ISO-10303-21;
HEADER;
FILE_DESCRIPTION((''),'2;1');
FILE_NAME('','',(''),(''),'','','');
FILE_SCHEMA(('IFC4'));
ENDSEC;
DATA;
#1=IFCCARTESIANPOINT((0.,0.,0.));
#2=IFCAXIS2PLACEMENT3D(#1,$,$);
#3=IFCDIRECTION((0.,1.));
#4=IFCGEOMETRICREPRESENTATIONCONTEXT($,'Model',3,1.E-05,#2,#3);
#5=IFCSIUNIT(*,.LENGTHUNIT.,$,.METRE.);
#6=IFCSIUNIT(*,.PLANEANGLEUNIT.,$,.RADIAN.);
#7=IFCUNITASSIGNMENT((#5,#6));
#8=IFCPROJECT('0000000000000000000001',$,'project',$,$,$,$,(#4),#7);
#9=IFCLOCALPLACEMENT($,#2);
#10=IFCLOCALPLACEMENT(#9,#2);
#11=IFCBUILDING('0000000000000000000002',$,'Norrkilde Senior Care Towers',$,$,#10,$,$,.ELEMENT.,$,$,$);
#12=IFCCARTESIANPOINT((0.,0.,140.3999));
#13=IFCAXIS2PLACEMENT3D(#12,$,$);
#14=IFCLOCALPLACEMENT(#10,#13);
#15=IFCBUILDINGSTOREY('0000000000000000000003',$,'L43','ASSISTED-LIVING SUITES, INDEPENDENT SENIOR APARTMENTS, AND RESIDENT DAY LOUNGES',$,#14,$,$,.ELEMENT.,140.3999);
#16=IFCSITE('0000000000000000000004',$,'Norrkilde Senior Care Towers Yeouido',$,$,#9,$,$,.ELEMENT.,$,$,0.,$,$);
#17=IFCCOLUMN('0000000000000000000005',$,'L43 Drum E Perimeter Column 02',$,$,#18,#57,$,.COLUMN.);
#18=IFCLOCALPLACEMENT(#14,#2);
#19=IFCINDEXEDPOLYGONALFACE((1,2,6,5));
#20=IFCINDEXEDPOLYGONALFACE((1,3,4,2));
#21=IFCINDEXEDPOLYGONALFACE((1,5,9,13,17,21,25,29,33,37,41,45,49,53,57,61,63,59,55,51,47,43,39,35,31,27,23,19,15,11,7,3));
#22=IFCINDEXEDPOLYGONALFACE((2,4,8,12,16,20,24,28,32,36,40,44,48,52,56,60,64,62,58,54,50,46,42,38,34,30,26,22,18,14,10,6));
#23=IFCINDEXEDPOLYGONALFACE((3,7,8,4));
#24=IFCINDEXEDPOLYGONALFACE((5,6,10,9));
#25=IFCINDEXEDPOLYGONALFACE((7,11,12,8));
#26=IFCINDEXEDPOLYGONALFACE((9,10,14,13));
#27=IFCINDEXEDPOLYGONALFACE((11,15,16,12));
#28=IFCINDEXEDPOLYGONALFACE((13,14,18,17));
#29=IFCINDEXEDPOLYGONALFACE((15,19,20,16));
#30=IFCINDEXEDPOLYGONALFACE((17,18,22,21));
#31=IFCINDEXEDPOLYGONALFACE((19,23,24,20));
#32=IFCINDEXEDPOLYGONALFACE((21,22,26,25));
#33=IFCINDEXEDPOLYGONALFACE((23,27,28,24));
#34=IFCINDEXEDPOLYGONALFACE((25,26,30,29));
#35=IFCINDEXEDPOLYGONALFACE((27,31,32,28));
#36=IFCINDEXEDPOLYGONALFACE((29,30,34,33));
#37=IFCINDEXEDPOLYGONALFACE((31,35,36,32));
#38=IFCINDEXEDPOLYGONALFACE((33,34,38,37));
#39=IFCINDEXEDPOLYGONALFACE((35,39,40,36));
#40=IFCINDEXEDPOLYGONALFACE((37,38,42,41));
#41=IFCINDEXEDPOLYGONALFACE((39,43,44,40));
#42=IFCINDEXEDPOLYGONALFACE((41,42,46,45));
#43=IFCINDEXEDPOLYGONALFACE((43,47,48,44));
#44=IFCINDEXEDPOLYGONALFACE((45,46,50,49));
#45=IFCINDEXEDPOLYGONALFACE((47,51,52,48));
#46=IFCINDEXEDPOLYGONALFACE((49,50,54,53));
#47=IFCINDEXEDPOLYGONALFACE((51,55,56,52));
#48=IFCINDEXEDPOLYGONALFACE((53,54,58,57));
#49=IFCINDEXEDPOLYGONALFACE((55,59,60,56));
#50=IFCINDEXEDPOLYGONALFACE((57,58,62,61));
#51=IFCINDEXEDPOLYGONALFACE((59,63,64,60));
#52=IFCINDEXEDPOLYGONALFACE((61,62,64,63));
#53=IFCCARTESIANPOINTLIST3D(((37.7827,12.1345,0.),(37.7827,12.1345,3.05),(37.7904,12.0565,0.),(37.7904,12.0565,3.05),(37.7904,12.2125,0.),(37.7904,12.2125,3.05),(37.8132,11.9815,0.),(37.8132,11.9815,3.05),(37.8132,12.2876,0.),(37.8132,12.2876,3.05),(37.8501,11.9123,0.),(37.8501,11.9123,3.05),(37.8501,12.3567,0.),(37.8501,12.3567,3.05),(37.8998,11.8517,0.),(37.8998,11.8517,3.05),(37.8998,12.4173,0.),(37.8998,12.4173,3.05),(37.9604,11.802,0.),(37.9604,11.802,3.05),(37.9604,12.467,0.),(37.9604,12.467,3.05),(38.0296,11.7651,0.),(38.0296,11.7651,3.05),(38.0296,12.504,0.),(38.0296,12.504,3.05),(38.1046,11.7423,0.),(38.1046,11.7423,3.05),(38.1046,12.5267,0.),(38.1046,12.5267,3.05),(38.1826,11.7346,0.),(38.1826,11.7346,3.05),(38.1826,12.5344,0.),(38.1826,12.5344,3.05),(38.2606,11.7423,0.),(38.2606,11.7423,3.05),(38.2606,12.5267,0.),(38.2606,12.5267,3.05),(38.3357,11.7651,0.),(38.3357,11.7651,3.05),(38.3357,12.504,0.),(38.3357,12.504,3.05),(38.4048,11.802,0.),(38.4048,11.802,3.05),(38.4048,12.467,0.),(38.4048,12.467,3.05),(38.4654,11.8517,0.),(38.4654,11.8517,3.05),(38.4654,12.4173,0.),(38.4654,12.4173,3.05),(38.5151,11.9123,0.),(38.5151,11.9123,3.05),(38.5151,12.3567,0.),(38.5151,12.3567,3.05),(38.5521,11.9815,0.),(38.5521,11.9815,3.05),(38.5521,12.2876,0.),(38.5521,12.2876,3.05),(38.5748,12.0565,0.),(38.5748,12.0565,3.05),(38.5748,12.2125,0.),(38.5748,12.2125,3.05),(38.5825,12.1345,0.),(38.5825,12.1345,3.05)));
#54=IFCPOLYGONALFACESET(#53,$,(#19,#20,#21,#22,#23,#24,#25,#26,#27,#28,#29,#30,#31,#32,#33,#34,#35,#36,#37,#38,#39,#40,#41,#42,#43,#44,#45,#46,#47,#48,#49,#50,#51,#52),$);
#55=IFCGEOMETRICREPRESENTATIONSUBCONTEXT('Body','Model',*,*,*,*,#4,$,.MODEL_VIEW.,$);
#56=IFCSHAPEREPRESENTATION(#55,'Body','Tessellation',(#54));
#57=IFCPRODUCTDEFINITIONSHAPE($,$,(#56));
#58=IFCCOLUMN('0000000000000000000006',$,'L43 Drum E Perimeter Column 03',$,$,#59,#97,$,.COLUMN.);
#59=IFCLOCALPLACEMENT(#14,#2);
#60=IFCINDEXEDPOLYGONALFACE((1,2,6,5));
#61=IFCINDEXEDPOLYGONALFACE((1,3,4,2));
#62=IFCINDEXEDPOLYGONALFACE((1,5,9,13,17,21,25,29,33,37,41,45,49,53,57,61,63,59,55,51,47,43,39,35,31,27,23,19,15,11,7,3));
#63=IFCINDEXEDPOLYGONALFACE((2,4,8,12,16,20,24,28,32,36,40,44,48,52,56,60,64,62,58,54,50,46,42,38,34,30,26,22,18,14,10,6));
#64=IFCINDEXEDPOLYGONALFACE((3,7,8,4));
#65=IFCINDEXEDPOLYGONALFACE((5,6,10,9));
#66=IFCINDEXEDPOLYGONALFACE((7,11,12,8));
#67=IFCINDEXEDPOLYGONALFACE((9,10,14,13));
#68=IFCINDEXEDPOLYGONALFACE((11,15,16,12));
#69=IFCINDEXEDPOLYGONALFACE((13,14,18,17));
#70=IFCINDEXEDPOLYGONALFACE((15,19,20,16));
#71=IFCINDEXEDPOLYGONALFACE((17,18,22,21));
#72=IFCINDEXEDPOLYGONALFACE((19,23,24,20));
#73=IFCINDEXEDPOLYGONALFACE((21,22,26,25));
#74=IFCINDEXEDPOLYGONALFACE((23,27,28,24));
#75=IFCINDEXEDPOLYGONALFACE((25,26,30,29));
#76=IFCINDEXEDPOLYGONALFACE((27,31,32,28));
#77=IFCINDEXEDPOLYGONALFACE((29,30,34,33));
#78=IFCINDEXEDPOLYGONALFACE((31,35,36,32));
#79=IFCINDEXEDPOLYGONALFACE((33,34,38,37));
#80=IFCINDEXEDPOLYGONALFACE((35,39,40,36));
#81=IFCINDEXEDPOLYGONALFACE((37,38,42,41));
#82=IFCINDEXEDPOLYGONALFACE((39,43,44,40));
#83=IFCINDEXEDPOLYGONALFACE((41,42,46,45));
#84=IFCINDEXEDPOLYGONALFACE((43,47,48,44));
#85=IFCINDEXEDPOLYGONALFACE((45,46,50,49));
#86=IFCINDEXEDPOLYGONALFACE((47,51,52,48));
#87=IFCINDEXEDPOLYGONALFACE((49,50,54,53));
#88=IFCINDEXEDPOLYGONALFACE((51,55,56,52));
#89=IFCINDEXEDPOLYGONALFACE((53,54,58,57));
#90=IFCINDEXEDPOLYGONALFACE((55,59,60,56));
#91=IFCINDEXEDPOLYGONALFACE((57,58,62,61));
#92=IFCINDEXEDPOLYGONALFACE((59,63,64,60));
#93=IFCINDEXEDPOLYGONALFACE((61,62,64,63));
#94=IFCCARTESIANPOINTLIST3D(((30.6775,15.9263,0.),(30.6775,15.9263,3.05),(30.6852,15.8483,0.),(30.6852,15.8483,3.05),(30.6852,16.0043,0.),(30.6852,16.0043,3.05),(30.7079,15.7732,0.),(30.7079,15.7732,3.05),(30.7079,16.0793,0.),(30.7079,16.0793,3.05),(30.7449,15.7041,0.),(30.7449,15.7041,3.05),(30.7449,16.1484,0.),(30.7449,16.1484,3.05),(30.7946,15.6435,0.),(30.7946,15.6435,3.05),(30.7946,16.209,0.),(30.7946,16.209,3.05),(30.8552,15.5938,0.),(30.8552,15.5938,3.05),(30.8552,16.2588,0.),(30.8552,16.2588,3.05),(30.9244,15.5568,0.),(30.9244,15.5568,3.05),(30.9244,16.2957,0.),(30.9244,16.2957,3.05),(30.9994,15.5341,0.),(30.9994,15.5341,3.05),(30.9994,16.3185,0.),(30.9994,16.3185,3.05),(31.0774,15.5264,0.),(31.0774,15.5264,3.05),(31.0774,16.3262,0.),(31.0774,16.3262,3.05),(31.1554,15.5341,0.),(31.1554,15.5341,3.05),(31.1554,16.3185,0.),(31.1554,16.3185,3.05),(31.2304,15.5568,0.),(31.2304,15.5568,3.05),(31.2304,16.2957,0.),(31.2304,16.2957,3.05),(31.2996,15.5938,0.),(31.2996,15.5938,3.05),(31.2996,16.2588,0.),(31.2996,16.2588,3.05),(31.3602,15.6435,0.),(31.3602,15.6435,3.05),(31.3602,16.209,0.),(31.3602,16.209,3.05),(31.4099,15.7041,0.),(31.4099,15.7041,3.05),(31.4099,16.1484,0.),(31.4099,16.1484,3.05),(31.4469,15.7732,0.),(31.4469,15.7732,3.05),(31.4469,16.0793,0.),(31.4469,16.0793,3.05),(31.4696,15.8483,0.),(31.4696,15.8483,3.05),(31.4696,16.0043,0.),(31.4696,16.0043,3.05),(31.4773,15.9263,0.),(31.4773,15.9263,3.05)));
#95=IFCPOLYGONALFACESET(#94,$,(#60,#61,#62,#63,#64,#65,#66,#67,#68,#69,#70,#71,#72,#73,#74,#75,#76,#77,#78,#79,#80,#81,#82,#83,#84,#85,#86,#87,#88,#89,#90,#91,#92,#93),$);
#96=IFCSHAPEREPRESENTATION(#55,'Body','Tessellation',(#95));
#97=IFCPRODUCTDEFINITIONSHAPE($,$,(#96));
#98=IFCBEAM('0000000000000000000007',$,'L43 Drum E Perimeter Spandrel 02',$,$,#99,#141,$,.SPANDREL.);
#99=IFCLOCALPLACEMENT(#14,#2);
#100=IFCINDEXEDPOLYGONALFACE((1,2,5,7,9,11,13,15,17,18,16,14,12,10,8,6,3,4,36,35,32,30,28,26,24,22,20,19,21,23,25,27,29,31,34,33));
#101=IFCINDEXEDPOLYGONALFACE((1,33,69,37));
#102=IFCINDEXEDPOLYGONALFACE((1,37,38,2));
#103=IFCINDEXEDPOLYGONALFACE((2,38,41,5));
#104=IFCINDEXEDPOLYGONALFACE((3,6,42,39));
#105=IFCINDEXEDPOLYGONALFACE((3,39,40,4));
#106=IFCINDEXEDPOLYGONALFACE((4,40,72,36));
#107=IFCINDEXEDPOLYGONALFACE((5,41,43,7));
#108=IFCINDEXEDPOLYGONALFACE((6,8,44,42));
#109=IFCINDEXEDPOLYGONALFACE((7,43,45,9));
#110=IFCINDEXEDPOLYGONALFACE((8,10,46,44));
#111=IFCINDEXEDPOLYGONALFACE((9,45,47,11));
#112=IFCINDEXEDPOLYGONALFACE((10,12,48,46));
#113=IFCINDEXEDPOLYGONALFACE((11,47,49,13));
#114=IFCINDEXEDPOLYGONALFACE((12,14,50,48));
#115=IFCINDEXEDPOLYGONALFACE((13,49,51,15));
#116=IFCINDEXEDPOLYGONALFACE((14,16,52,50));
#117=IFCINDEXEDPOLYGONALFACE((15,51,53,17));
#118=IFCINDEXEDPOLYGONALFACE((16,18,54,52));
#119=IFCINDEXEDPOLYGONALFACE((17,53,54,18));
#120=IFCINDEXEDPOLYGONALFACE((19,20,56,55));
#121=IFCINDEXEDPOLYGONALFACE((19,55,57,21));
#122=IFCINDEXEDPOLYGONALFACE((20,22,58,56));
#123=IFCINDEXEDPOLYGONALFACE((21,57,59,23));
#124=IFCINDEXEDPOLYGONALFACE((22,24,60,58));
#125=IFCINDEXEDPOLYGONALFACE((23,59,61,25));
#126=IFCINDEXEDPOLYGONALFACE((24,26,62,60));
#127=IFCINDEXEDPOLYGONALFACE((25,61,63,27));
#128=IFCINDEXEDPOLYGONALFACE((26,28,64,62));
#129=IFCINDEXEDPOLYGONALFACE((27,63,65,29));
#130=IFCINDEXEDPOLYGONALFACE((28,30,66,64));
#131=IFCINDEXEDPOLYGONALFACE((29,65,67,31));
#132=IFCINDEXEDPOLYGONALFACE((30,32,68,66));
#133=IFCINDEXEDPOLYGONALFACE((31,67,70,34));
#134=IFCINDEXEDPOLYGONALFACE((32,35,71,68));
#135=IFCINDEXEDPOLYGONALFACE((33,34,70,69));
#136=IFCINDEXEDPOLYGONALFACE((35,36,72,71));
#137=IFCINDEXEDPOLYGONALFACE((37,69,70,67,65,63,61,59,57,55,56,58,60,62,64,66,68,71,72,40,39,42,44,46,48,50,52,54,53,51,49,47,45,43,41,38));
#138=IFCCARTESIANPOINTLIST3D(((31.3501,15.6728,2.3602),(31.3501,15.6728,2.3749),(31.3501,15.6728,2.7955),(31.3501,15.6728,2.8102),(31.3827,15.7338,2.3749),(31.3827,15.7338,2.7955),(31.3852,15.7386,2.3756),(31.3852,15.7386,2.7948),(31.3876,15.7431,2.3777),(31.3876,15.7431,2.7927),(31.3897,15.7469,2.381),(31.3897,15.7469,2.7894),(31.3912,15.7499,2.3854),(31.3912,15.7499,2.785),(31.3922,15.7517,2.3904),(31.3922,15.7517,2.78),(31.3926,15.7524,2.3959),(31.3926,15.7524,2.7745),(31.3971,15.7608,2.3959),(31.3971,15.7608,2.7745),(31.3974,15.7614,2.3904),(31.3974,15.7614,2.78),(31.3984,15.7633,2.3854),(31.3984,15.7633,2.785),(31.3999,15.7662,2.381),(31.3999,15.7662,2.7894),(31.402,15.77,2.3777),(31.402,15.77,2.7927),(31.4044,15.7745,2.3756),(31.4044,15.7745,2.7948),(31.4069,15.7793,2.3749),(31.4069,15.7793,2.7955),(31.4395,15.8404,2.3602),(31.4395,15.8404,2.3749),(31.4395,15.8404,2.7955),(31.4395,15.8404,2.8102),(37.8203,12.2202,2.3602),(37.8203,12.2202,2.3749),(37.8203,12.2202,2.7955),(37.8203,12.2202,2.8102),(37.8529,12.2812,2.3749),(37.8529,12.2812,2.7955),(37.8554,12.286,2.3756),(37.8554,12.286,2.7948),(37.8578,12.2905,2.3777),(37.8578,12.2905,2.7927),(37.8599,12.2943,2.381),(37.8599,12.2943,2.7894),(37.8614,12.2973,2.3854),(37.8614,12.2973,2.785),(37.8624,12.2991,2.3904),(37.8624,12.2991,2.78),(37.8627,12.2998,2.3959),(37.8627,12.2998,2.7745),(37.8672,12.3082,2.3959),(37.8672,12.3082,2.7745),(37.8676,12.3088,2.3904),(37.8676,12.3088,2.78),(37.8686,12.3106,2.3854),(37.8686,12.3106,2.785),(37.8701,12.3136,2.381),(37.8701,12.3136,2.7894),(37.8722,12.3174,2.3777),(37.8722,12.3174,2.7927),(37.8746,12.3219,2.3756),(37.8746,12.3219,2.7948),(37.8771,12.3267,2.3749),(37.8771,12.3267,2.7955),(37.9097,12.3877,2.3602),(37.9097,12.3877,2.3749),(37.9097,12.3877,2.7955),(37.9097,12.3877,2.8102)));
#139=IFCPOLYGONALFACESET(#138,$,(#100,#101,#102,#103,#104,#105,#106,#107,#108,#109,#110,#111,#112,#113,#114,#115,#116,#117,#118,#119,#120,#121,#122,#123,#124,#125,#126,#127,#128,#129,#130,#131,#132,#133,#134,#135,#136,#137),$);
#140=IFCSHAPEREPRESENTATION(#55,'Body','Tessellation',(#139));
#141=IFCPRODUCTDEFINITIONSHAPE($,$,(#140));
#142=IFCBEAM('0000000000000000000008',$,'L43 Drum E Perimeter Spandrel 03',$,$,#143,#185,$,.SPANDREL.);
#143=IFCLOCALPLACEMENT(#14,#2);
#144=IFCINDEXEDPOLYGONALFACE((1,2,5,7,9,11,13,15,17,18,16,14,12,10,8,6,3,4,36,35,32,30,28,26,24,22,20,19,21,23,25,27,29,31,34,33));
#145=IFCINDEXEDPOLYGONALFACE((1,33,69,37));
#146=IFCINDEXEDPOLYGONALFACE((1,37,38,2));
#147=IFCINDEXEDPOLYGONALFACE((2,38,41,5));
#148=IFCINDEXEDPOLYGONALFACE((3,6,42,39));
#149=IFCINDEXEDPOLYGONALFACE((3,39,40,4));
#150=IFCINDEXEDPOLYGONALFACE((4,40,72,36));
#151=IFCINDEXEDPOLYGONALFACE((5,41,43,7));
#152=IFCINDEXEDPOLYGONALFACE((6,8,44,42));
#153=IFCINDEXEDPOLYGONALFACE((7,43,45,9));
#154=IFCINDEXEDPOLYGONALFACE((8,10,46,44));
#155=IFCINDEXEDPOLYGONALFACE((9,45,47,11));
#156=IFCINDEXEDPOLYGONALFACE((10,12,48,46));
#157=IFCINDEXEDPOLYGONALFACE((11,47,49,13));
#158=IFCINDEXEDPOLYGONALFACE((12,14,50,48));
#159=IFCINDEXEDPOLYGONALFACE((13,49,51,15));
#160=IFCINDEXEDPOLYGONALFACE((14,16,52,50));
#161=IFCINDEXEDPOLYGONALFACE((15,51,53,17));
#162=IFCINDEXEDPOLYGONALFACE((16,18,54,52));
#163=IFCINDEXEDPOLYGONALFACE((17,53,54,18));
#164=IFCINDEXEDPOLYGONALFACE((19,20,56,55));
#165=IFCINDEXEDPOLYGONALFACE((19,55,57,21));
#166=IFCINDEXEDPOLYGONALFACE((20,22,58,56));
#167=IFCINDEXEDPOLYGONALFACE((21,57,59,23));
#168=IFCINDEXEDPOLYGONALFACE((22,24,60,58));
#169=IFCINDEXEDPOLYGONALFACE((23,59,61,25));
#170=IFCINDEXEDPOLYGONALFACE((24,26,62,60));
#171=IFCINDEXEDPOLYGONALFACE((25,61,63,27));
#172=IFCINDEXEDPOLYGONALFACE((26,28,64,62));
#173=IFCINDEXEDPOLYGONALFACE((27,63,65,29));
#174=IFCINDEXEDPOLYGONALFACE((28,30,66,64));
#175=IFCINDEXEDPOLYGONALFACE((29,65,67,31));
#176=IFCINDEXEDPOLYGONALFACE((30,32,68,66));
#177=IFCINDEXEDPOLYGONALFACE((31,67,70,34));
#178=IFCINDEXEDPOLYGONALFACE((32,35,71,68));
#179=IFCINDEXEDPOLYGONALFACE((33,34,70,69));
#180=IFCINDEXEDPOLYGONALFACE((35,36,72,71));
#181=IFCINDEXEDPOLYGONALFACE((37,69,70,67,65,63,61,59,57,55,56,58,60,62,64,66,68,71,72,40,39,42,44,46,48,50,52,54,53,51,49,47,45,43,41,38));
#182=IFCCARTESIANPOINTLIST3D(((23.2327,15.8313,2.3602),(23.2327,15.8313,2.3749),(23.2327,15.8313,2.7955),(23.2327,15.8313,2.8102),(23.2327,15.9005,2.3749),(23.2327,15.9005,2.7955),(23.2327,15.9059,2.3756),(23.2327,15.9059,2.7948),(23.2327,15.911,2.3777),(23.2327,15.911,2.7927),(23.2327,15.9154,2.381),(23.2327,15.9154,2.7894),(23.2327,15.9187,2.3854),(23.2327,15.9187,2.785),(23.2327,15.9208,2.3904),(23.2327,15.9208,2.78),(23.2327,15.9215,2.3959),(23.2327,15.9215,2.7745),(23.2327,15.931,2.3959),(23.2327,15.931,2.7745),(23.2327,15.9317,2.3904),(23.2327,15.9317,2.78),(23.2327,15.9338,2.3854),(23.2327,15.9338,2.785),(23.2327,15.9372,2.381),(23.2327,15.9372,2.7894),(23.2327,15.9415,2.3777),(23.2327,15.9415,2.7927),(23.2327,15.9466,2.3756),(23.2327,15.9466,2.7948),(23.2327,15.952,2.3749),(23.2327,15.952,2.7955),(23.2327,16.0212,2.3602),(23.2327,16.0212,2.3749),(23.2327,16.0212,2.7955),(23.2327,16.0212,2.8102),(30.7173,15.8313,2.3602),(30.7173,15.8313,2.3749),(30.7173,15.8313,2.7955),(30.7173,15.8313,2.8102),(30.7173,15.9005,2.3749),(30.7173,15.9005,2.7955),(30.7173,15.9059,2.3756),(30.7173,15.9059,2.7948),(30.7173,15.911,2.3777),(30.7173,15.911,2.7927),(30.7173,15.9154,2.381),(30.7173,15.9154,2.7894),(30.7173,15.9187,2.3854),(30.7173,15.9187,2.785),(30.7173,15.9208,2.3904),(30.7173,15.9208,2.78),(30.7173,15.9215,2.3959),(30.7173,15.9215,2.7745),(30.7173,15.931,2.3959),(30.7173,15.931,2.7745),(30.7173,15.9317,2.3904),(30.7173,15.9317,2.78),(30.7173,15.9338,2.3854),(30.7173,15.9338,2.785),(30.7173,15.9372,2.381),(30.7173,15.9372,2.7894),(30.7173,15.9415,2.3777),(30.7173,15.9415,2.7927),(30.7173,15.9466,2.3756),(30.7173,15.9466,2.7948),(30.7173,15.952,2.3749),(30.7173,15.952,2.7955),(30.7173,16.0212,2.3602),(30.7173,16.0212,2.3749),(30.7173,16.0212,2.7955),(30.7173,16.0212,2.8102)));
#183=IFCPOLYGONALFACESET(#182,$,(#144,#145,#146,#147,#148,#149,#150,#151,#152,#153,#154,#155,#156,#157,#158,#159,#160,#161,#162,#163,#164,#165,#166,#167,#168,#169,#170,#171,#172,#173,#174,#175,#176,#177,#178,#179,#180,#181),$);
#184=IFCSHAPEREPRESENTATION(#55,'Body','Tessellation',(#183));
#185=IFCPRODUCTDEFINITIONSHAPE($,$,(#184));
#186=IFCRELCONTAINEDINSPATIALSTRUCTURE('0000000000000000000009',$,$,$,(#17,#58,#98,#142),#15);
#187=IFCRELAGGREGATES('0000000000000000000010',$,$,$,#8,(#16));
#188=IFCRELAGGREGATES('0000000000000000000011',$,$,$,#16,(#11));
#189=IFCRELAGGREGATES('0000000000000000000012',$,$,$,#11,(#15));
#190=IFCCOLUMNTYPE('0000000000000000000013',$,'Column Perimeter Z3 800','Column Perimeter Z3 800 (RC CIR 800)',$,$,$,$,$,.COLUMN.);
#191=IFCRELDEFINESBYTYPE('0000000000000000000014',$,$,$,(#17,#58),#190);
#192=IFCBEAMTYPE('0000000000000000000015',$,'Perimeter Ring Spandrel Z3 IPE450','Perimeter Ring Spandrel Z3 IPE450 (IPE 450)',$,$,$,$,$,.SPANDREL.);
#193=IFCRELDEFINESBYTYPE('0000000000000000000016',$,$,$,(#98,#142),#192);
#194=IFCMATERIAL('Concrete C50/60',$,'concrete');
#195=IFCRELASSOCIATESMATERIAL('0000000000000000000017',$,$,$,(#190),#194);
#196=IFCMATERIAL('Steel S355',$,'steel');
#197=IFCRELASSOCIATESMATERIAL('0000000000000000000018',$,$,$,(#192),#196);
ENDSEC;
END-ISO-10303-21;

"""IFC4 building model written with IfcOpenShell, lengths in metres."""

from ifc_helpers import new_model, si_unit, direction, frame, origin, origin_2d, place, context, subcontext, project, spatial, circle, i_section, extrude, source, transform, mapped, material, material_profile, profile_set, type_object, type_shapes, element, save


model = new_model("IFC4")

# Units and contexts
model_context = context("Model", 3, precision=1e-05, world=origin(), true_north=direction((0.0, 1.0)))
body_context = subcontext(model_context, "Body", "Model", "MODEL_VIEW")
ifc_project = project(units=[si_unit("LENGTHUNIT", "METRE"), si_unit("PLANEANGLEUNIT", "RADIAN")], contexts=[model_context])

# Site, building, storey
site_placement = place(None, origin())
site = spatial("IfcSite", under=ifc_project, at=site_placement, Name="Norrkilde Senior Care Towers Yeouido", CompositionType="ELEMENT", RefElevation=0.0)
building_placement = place(site_placement, origin())
building = spatial("IfcBuilding", under=site, at=building_placement, Name="Norrkilde Senior Care Towers", CompositionType="ELEMENT")
storey_placement = place(building_placement, frame((0.0, 0.0, 140.3999)))
storey = spatial("IfcBuildingStorey", under=building, at=storey_placement, Name="L43", Description="ASSISTED-LIVING SUITES, INDEPENDENT SENIOR APARTMENTS, AND RESIDENT DAY LOUNGES", CompositionType="ELEMENT", Elevation=140.3999)

# Columns
ifc_material_1 = material(Name="Concrete C50/60", Category="concrete")
ifc_material_profile_1 = material_profile(ifc_material_1, circle(Radius=0.3999, at=origin_2d()), Name="RC CIR 800")
ifc_profile_set_1 = profile_set([ifc_material_profile_1], Name="Concrete C50/60")
column_type = type_object("IfcColumnType", Name="Column Perimeter Z3 800", Description="Column Perimeter Z3 800 (RC CIR 800)", PredefinedType="COLUMN", material=ifc_profile_set_1)
shared_shape_1 = source(origin(), body_context, "Body", "SweptSolid", [
    extrude(circle(Radius=0.3999, at=origin_2d()), origin(), (0.0, 0.0, 1.0), 3.05),
])
type_shapes(column_type, [shared_shape_1])
for number, where, z_axis, x_axis, name in (
    (1, (38.1826, 12.1345, 0.0), (0.0, 0.0, 1.0), (1.0, 0.0, 0.0), "L43 Drum E Perimeter Column 02"),
    (2, (31.0774, 15.9263, 0.0), (0.0, 0.0, 1.0), (1.0, 0.0, 0.0), "L43 Drum E Perimeter Column 03"),
):
    element("IfcColumn", number, at=place(storey_placement, frame(where, z_axis=z_axis, x_axis=x_axis)), inside=storey, type_object=column_type, Name=name, PredefinedType="COLUMN", context=body_context, shape_type="MappedRepresentation", body=[
        mapped(shared_shape_1, transform((0.0, 0.0, 0.0), x_axis=(1.0, 0.0, 0.0), y_axis=(0.0, 1.0, 0.0), z_axis=(0.0, 0.0, 1.0), scale=1.0)),
    ])

# Beams
ifc_material_2 = material(Name="Steel S355", Category="steel")
ifc_material_profile_2 = material_profile(ifc_material_2, i_section(OverallWidth=0.1899, OverallDepth=0.45, WebThickness=0.0095, FlangeThickness=0.0146, FilletRadius=0.021, at=origin_2d()), Name="IPE 450")
ifc_profile_set_2 = profile_set([ifc_material_profile_2], Name="Steel S355")
beam_type = type_object("IfcBeamType", Name="Perimeter Ring Spandrel Z3 IPE450", Description="Perimeter Ring Spandrel Z3 IPE450 (IPE 450)", PredefinedType="SPANDREL", material=ifc_profile_set_2)
shared_shape_2 = source(origin(), body_context, "Body", "SweptSolid", [
    extrude(i_section(OverallWidth=0.1899, OverallDepth=0.45, WebThickness=0.0095, FlangeThickness=0.0146, FilletRadius=0.021, at=origin_2d()), origin(), (0.0, 0.0, 1.0), 7.3337),
])
beam_1_placement = place(storey_placement, frame((37.865, 12.304, 2.5852), z_axis=(-0.882248, 0.470785, 0.0), x_axis=(-0.470785, -0.882248, 0.0)))
element("IfcBeam", 3, at=beam_1_placement, inside=storey, type_object=beam_type, Name="L43 Drum E Perimeter Spandrel 02", PredefinedType="SPANDREL", context=body_context, shape_type="MappedRepresentation", body=[
    mapped(shared_shape_2, transform((0.0, 0.0, 0.0), x_axis=(1.0, 0.0, 0.0), y_axis=(0.0, 1.0, 0.0), z_axis=(0.0, 0.0, 1.0), scale=1.0)),
])
shared_shape_3 = source(origin(), body_context, "Body", "SweptSolid", [
    extrude(i_section(OverallWidth=0.1899, OverallDepth=0.45, WebThickness=0.0095, FlangeThickness=0.0146, FilletRadius=0.021, at=origin_2d()), origin(), (0.0, 0.0, 1.0), 7.4846),
])
type_shapes(beam_type, [shared_shape_2, shared_shape_3])
beam_2_placement = place(storey_placement, frame((30.7173, 15.9263, 2.5852), z_axis=(-1.0, 0.0, 0.0), x_axis=(0.0, -1.0, 0.0)))
element("IfcBeam", 4, at=beam_2_placement, inside=storey, type_object=beam_type, Name="L43 Drum E Perimeter Spandrel 03", PredefinedType="SPANDREL", context=body_context, shape_type="MappedRepresentation", body=[
    mapped(shared_shape_3, transform((0.0, 0.0, 0.0), x_axis=(1.0, 0.0, 0.0), y_axis=(0.0, 1.0, 0.0), z_axis=(0.0, 0.0, 1.0), scale=1.0)),
])

save(model, "model.ifc")
